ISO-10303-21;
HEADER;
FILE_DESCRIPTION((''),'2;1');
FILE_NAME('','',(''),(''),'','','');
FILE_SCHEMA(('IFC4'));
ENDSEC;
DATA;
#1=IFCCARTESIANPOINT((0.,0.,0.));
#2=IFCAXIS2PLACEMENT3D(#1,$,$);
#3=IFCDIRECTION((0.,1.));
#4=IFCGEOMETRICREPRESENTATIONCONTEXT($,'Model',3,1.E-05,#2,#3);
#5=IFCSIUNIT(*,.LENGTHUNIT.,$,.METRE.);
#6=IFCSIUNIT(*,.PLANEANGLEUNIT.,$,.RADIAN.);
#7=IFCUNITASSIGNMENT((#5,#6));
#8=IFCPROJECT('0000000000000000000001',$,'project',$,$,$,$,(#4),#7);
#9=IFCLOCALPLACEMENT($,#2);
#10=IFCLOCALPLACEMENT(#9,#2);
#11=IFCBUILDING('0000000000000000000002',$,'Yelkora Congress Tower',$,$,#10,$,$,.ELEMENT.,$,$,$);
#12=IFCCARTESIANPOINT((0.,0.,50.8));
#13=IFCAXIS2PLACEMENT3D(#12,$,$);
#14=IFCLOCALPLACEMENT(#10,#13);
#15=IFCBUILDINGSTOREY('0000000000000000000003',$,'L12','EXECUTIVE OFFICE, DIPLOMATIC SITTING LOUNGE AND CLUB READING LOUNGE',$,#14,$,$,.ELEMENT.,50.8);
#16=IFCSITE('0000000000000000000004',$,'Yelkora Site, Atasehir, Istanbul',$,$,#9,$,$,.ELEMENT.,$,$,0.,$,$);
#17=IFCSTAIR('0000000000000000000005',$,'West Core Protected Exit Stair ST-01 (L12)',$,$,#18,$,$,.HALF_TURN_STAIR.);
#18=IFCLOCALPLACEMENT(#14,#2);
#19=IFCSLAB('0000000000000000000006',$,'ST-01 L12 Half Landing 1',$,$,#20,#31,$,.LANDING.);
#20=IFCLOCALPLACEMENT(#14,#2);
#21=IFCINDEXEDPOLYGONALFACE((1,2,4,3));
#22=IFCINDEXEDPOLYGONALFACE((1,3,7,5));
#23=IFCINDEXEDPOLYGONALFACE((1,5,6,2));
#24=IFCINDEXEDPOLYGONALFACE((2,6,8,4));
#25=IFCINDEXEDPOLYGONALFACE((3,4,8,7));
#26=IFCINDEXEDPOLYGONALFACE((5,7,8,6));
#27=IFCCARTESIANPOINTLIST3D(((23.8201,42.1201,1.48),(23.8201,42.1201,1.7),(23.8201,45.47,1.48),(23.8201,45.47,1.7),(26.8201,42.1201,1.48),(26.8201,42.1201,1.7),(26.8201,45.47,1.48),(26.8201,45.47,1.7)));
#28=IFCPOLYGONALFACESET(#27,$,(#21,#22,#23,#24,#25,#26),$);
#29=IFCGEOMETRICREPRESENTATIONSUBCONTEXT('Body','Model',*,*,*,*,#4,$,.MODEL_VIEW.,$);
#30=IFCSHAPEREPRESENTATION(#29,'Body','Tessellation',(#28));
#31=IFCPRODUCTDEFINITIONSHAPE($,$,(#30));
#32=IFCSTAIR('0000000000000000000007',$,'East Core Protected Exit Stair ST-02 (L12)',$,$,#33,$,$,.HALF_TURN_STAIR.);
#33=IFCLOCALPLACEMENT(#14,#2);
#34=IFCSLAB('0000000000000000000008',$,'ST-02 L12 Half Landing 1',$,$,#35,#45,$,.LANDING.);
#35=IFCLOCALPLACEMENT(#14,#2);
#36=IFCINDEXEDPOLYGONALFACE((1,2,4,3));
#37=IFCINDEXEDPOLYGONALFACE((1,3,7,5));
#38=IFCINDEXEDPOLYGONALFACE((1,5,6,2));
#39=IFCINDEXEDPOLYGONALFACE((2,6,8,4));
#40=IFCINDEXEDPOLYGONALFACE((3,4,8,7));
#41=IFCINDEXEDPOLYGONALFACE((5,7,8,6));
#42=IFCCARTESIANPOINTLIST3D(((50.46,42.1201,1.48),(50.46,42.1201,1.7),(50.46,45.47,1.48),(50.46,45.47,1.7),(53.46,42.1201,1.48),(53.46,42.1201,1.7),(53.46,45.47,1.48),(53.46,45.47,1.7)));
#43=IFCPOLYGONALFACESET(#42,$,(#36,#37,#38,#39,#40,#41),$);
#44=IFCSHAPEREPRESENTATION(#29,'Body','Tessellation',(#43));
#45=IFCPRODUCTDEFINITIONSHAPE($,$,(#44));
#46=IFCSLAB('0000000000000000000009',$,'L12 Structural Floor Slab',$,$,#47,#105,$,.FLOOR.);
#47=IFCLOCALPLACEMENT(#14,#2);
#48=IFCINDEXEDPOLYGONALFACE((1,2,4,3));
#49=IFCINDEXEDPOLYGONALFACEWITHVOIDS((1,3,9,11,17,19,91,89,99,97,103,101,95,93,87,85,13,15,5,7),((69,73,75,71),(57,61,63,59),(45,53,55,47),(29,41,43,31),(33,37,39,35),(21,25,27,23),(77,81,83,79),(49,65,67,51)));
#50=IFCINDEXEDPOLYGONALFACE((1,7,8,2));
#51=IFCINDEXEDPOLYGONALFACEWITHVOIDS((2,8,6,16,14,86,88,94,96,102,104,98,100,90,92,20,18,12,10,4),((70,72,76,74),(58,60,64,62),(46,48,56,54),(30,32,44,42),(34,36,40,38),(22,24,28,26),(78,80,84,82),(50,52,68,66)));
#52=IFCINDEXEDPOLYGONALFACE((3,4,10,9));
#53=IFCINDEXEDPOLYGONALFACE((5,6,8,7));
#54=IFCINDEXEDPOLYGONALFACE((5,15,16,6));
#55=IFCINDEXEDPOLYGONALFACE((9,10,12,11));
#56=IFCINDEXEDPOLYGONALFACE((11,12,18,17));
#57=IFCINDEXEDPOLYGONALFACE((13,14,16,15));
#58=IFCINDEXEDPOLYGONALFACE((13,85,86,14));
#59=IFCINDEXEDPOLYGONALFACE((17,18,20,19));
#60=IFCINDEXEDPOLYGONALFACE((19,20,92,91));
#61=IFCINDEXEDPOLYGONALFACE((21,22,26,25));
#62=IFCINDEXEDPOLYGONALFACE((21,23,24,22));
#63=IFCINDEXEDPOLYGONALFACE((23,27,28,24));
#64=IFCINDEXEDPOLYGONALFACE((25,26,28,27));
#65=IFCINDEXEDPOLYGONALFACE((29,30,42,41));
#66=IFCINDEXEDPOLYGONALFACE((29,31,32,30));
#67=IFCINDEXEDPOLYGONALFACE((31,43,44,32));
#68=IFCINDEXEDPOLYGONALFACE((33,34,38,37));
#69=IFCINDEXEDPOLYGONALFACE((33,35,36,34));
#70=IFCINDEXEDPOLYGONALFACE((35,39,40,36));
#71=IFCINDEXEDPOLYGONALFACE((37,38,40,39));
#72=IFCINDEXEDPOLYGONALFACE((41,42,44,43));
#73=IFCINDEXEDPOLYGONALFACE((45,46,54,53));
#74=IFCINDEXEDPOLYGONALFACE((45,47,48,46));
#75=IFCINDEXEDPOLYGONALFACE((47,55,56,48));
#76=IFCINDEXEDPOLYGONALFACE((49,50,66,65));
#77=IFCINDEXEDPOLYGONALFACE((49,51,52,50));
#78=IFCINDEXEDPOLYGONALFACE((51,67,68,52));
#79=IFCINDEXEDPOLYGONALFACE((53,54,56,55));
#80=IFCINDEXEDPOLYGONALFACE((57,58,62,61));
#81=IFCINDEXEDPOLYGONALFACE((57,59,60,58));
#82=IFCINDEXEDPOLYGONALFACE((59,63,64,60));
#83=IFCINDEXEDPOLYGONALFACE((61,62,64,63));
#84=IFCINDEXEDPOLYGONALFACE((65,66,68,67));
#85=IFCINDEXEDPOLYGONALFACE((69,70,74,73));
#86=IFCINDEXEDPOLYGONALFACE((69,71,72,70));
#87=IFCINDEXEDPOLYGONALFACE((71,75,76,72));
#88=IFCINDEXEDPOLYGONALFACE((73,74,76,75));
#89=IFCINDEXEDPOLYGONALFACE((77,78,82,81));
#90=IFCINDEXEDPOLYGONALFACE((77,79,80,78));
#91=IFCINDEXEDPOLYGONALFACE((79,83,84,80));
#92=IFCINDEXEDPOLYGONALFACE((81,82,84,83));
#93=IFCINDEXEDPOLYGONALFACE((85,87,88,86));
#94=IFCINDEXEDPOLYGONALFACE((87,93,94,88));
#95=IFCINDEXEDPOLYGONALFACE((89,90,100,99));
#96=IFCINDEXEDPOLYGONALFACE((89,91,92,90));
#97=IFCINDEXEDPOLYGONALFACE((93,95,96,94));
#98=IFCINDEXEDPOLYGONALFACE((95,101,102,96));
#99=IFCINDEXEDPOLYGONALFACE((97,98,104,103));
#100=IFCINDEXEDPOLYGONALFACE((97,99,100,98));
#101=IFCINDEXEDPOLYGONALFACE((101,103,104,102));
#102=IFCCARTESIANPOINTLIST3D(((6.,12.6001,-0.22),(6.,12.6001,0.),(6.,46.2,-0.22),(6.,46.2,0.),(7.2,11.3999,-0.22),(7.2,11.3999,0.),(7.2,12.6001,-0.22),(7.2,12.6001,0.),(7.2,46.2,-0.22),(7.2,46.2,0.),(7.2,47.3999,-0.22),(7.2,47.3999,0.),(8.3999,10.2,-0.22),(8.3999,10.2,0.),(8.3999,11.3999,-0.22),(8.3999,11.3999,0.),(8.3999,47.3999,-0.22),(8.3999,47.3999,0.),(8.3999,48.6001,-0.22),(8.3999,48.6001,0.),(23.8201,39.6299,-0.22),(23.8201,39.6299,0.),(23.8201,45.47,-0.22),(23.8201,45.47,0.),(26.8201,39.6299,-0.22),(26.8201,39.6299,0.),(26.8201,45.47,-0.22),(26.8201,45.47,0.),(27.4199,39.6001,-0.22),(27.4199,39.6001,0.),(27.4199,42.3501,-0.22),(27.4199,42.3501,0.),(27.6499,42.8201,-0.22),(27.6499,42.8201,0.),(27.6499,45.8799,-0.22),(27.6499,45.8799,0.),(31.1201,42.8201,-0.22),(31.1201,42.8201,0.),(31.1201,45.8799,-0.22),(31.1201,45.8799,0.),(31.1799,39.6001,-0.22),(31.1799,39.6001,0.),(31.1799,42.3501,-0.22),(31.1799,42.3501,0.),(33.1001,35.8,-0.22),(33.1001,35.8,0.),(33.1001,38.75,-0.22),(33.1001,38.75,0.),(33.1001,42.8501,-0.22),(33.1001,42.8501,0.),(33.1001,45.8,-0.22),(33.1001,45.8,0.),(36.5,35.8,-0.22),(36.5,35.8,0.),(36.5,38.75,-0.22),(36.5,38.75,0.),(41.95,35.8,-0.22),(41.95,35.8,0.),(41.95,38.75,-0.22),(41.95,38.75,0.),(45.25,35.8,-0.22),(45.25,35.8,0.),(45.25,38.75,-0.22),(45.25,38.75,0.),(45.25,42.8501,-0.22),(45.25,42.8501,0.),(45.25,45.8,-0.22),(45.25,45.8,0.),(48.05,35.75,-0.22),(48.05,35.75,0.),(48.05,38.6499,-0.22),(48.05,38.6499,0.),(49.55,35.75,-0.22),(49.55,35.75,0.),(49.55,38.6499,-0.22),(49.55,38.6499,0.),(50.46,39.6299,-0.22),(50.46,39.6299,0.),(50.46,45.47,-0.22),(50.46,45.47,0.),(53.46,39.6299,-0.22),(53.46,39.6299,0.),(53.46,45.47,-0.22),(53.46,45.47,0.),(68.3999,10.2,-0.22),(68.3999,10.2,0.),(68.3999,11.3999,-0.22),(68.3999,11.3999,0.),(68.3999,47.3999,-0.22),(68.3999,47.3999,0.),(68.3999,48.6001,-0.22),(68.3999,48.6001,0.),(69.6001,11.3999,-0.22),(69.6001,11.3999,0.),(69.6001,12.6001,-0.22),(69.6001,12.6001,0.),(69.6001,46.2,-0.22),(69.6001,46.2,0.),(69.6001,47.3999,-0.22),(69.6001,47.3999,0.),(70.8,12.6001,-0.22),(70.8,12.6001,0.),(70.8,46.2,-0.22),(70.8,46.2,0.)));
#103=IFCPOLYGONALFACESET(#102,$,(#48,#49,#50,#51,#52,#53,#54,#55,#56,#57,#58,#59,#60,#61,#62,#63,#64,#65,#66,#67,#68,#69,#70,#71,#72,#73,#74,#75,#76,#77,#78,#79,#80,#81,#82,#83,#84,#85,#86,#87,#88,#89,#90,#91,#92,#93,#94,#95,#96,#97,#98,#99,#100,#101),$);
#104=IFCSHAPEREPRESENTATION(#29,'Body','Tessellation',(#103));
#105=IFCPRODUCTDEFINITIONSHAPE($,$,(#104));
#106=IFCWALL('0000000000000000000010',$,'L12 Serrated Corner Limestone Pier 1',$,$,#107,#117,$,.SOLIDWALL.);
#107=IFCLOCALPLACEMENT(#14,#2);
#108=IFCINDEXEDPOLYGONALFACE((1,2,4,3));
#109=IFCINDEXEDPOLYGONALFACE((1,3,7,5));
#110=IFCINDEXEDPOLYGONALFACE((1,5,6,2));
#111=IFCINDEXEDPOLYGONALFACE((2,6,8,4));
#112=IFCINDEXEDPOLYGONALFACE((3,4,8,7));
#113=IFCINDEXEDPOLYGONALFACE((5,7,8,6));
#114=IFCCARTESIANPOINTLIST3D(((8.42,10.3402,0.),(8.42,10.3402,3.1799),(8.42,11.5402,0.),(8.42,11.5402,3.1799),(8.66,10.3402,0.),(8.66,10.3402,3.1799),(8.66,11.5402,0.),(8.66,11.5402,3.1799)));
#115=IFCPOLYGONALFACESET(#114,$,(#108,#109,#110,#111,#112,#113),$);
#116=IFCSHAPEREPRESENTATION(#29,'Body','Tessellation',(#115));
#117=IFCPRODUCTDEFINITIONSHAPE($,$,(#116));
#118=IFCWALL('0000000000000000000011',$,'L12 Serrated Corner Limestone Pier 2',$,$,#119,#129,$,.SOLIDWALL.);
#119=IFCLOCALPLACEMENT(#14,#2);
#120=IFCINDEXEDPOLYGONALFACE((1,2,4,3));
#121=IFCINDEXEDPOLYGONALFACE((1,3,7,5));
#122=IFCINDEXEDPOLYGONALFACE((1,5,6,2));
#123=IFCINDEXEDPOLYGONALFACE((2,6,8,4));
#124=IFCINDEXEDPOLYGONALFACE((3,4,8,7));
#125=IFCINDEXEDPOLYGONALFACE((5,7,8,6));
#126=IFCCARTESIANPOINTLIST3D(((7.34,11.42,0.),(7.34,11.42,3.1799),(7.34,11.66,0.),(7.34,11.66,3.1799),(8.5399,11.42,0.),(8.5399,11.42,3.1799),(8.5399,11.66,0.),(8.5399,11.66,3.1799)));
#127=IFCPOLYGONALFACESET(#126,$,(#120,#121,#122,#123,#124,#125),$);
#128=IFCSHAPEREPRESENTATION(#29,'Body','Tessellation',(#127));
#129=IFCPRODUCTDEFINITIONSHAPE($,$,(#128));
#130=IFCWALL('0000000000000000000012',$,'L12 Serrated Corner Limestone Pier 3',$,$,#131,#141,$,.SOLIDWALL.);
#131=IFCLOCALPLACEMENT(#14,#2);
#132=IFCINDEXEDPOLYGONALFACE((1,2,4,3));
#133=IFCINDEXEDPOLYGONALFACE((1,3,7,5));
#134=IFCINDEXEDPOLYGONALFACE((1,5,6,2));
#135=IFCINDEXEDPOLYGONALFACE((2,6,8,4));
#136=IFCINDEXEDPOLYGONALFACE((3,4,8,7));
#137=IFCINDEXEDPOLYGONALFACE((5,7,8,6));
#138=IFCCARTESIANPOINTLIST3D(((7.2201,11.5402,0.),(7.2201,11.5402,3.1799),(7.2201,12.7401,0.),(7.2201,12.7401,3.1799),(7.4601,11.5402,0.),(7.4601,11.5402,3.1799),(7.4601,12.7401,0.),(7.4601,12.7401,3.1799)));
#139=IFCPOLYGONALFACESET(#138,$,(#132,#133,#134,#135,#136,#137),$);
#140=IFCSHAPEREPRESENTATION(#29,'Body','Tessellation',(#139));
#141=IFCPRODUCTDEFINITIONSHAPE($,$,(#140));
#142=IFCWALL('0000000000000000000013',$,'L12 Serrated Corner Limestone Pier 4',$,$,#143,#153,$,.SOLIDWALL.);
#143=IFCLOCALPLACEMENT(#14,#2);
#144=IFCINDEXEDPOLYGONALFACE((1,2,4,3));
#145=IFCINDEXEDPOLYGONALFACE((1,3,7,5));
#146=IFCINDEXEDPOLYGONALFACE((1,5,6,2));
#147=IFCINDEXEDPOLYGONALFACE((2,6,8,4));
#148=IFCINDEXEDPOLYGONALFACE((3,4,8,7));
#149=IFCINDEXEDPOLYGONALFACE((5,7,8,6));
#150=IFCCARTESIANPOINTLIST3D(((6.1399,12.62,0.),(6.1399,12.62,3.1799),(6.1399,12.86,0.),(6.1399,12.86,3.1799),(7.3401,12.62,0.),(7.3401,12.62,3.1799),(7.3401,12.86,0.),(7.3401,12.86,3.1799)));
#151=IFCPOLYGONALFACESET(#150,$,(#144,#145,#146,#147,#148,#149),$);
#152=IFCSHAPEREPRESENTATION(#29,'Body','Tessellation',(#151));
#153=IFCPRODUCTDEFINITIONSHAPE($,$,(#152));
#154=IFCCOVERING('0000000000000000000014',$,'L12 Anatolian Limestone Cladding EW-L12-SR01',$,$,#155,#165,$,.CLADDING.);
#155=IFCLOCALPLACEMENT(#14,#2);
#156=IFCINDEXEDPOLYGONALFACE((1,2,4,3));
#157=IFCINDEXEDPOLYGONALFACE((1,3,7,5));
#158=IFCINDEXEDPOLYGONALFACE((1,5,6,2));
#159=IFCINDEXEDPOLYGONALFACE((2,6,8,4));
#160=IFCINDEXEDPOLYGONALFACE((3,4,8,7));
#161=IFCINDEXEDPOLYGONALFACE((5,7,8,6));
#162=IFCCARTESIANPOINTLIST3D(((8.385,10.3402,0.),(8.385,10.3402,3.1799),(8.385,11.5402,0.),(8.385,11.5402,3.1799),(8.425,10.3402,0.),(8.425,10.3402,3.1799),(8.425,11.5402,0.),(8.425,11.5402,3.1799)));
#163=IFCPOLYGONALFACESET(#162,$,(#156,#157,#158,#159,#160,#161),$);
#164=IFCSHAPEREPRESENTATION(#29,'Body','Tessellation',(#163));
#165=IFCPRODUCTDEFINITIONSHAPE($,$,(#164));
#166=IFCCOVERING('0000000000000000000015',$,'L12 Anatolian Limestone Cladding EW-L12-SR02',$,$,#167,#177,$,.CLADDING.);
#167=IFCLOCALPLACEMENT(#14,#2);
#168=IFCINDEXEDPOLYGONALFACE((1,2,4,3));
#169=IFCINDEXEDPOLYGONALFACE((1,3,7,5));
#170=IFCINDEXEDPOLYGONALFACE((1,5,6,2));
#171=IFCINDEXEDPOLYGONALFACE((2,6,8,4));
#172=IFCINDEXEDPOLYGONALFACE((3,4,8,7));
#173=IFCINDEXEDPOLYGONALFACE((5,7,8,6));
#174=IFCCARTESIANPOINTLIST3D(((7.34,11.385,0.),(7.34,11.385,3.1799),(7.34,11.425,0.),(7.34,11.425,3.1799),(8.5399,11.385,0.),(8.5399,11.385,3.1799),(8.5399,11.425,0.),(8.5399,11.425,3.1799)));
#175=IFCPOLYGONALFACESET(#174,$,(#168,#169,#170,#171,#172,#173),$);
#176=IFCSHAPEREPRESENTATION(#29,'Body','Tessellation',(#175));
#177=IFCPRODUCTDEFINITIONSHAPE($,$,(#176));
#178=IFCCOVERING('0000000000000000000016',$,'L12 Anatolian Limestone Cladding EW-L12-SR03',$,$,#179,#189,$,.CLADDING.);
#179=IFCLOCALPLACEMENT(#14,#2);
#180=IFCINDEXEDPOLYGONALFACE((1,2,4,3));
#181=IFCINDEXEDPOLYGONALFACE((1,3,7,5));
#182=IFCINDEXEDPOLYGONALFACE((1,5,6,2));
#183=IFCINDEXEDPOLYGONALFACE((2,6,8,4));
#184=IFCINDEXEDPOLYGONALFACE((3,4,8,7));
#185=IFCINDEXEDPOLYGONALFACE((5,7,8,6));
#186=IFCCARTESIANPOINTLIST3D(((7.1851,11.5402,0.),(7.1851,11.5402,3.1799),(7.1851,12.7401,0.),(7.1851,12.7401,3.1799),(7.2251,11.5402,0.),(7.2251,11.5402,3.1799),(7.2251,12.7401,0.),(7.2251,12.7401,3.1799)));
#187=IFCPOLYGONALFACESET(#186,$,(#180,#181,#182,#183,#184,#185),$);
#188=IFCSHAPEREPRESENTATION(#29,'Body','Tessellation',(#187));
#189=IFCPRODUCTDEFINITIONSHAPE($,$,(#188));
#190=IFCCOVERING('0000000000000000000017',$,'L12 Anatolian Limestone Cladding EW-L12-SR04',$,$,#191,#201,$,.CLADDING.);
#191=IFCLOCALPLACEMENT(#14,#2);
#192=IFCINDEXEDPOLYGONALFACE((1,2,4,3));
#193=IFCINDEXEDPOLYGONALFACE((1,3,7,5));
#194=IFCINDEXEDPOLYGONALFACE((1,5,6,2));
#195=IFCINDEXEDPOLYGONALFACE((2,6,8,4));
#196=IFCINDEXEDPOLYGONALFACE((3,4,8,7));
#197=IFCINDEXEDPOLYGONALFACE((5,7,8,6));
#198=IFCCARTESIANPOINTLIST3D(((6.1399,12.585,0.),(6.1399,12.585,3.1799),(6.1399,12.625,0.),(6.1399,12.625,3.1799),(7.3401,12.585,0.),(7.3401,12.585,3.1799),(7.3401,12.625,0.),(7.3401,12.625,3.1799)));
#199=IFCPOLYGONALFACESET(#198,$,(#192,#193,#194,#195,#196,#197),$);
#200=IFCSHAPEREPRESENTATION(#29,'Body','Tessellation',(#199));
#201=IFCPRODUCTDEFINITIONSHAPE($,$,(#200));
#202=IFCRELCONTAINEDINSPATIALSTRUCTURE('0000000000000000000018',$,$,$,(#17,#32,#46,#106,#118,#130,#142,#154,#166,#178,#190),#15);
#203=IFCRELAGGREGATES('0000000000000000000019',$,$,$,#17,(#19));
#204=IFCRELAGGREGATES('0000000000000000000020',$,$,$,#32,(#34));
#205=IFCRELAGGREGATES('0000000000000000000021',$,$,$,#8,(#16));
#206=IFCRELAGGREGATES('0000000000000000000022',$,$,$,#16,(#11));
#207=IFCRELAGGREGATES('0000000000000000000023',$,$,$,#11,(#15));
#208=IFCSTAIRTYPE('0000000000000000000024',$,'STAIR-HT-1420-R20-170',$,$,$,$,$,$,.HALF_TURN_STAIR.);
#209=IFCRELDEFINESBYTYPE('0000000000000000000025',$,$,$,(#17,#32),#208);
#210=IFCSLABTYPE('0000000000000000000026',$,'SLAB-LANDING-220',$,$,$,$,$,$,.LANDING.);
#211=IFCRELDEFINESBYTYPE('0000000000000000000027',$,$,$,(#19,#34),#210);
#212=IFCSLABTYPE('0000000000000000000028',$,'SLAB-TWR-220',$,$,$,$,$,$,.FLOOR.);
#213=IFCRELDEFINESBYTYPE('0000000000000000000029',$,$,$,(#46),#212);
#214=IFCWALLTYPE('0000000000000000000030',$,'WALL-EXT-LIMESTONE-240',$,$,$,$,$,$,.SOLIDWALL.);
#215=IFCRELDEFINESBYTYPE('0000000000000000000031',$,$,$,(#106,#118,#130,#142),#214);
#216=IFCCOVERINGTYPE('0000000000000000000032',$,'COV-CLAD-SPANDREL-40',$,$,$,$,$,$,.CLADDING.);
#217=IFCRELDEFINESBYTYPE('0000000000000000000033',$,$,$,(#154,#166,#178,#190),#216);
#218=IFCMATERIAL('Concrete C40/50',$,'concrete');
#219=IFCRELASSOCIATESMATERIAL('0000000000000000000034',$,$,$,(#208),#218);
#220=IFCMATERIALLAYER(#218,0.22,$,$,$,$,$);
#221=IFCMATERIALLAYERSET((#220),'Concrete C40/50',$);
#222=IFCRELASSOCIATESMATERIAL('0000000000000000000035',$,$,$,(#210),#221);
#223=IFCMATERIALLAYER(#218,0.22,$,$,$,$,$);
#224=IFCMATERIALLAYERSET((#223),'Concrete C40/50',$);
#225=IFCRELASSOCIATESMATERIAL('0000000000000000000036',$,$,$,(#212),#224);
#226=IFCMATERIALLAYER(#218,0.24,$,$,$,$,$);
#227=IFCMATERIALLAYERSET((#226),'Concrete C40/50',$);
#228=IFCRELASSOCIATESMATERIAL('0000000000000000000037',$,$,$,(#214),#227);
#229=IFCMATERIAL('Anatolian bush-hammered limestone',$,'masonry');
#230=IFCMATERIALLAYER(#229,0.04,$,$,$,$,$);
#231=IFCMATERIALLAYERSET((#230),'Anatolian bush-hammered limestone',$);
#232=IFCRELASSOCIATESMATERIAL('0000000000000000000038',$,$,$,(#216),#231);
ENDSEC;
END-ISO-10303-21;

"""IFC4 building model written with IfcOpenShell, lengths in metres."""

from ifc_helpers import new_model, si_unit, direction, frame, frame_2d, origin, place, context, subcontext, project, spatial, polyline, rectangle, outline, extrude, material, layer, layer_set, type_object, element, aggregate, save


model = new_model("IFC4")

# Units and contexts
model_context = context("Model", 3, precision=1e-05, world=origin(), true_north=direction((0.0, 1.0)))
body_context = subcontext(model_context, "Body", "Model", "MODEL_VIEW")
ifc_project = project(units=[si_unit("LENGTHUNIT", "METRE"), si_unit("PLANEANGLEUNIT", "RADIAN")], contexts=[model_context])

# Site, building, storey
site_placement = place(None, origin())
site = spatial("IfcSite", under=ifc_project, at=site_placement, Name="Yelkora Site, Atasehir, Istanbul", CompositionType="ELEMENT", RefElevation=0.0)
building_placement = place(site_placement, origin())
building = spatial("IfcBuilding", under=site, at=building_placement, Name="Yelkora Congress Tower", CompositionType="ELEMENT")
storey_placement = place(building_placement, frame((0.0, 0.0, 50.8)))
storey = spatial("IfcBuildingStorey", under=building, at=storey_placement, Name="L12", Description="EXECUTIVE OFFICE, DIPLOMATIC SITTING LOUNGE AND CLUB READING LOUNGE", CompositionType="ELEMENT", Elevation=50.8)

# Stairs, slabs
ifc_material_1 = material(Name="Concrete C40/50", Category="concrete")
stair_type = type_object("IfcStairType", Name="STAIR-HT-1420-R20-170", PredefinedType="HALF_TURN_STAIR", material=ifc_material_1)
stair_1_placement = place(storey_placement, origin())
stair_1 = element("IfcStair", 1, at=stair_1_placement, inside=storey, type_object=stair_type, Name="West Core Protected Exit Stair ST-01 (L12)", PredefinedType="HALF_TURN_STAIR")
ifc_layer_1 = layer(ifc_material_1, 0.22)
ifc_layer_set_1 = layer_set([ifc_layer_1], Name="Concrete C40/50")
slab_type_1 = type_object("IfcSlabType", Name="SLAB-LANDING-220", PredefinedType="LANDING", material=ifc_layer_set_1)
slab_1_placement = place(storey_placement, frame((0.0, 0.0, 1.48)))
slab_1 = element("IfcSlab", 2, at=slab_1_placement, type_object=slab_type_1, Name="ST-01 L12 Half Landing 1", PredefinedType="LANDING", context=body_context, shape_type="SweptSolid", body=[
    extrude(outline(polyline([(26.8201, 42.1201), (26.8201, 45.47), (23.8201, 45.47), (23.8201, 42.1201), (26.8201, 42.1201)])), origin(), (0.0, 0.0, 1.0), 0.22),
])
aggregate(stair_1, [slab_1])
stair_2_placement = place(storey_placement, origin())
stair_2 = element("IfcStair", 3, at=stair_2_placement, inside=storey, type_object=stair_type, Name="East Core Protected Exit Stair ST-02 (L12)", PredefinedType="HALF_TURN_STAIR")
slab_2_placement = place(storey_placement, frame((0.0, 0.0, 1.48)))
slab_2 = element("IfcSlab", 4, at=slab_2_placement, type_object=slab_type_1, Name="ST-02 L12 Half Landing 1", PredefinedType="LANDING", context=body_context, shape_type="SweptSolid", body=[
    extrude(outline(polyline([(53.46, 42.1201), (53.46, 45.47), (50.46, 45.47), (50.46, 42.1201), (53.46, 42.1201)])), origin(), (0.0, 0.0, 1.0), 0.22),
])
aggregate(stair_2, [slab_2])

# Slab
ifc_layer_2 = layer(ifc_material_1, 0.22)
ifc_layer_set_2 = layer_set([ifc_layer_2], Name="Concrete C40/50")
slab_type_2 = type_object("IfcSlabType", Name="SLAB-TWR-220", PredefinedType="FLOOR", material=ifc_layer_set_2)
slab_3_placement = place(storey_placement, frame((0.0, 0.0, -0.22)))
element("IfcSlab", 5, at=slab_3_placement, inside=storey, type_object=slab_type_2, Name="L12 Structural Floor Slab", PredefinedType="FLOOR", context=body_context, shape_type="SweptSolid", body=[
    extrude(outline(polyline([(8.3999, 10.2), (68.3999, 10.2), (68.3999, 11.3999), (69.6001, 11.3999), (69.6001, 12.6001), (70.8, 12.6001), (70.8, 46.2), (69.6001, 46.2), (69.6001, 47.3999), (68.3999, 47.3999), (68.3999, 48.6001), (8.3999, 48.6001), (8.3999, 47.3999), (7.2, 47.3999), (7.2, 46.2), (6.0, 46.2), (6.0, 12.6001), (7.2, 12.6001), (7.2, 11.3999), (8.3999, 11.3999), (8.3999, 10.2)]), holes=[polyline([(23.8201, 39.6299), (26.8201, 39.6299), (26.8201, 45.47), (23.8201, 45.47), (23.8201, 39.6299)]), polyline([(50.46, 39.6299), (53.46, 39.6299), (53.46, 45.47), (50.46, 45.47), (50.46, 39.6299)]), polyline([(48.05, 35.75), (49.55, 35.75), (49.55, 38.6499), (48.05, 38.6499), (48.05, 35.75)]), polyline([(41.95, 35.8), (45.25, 35.8), (45.25, 38.75), (41.95, 38.75), (41.95, 35.8)]), polyline([(33.1001, 42.8501), (45.25, 42.8501), (45.25, 45.8), (33.1001, 45.8), (33.1001, 42.8501)]), polyline([(33.1001, 35.8), (36.5, 35.8), (36.5, 38.75), (33.1001, 38.75), (33.1001, 35.8)]), polyline([(27.4199, 39.6001), (31.1799, 39.6001), (31.1799, 42.3501), (27.4199, 42.3501), (27.4199, 39.6001)]), polyline([(27.6499, 42.8201), (31.1201, 42.8201), (31.1201, 45.8799), (27.6499, 45.8799), (27.6499, 42.8201)])]), origin(), (0.0, 0.0, 1.0), 0.22),
])

# Walls
ifc_layer_3 = layer(ifc_material_1, 0.24)
ifc_layer_set_3 = layer_set([ifc_layer_3], Name="Concrete C40/50")
wall_type = type_object("IfcWallType", Name="WALL-EXT-LIMESTONE-240", PredefinedType="SOLIDWALL", material=ifc_layer_set_3)
for number, where, z_axis, x_axis, name in (
    (6, (8.54, 10.3401, 0.0), (0.0, 0.0, 1.0), (0.0, 1.0, 0.0), "L12 Serrated Corner Limestone Pier 1"),
    (7, (8.54, 11.54, 0.0), (0.0, 0.0, 1.0), (-1.0, 0.0, 0.0), "L12 Serrated Corner Limestone Pier 2"),
    (8, (7.3401, 11.54, 0.0), (0.0, 0.0, 1.0), (0.0, 1.0, 0.0), "L12 Serrated Corner Limestone Pier 3"),
):
    element("IfcWall", number, at=place(storey_placement, frame(where, z_axis=z_axis, x_axis=x_axis)), inside=storey, type_object=wall_type, Name=name, PredefinedType="SOLIDWALL", context=body_context, shape_type="SweptSolid", body=[
        extrude(rectangle(XDim=1.2, YDim=0.24, at=frame_2d((0.6001, 0.0))), origin(), (0.0, 0.0, 1.0), 3.1799),
    ])
wall_placement = place(storey_placement, frame((7.3401, 12.74, 0.0), z_axis=(0.0, 0.0, 1.0), x_axis=(-1.0, 0.0, 0.0)))
element("IfcWall", 9, at=wall_placement, inside=storey, type_object=wall_type, Name="L12 Serrated Corner Limestone Pier 4", PredefinedType="SOLIDWALL", context=body_context, shape_type="SweptSolid", body=[
    extrude(rectangle(XDim=1.2002, YDim=0.24, at=frame_2d((0.6001, 0.0))), origin(), (0.0, 0.0, 1.0), 3.1799),
])

# Coverings
ifc_material_2 = material(Name="Anatolian bush-hammered limestone", Category="masonry")
ifc_layer_4 = layer(ifc_material_2, 0.04)
ifc_layer_set_4 = layer_set([ifc_layer_4], Name="Anatolian bush-hammered limestone")
covering_type = type_object("IfcCoveringType", Name="COV-CLAD-SPANDREL-40", PredefinedType="CLADDING", material=ifc_layer_set_4)
for number, where, z_axis, x_axis, name in (
    (10, (8.405, 10.3401, 0.0), (0.0, 0.0, 1.0), (0.0, 1.0, 0.0), "L12 Anatolian Limestone Cladding EW-L12-SR01"),
    (11, (8.54, 11.405, 0.0), (0.0, 0.0, 1.0), (-1.0, 0.0, 0.0), "L12 Anatolian Limestone Cladding EW-L12-SR02"),
    (12, (7.2051, 11.54, 0.0), (0.0, 0.0, 1.0), (0.0, 1.0, 0.0), "L12 Anatolian Limestone Cladding EW-L12-SR03"),
):
    element("IfcCovering", number, at=place(storey_placement, frame(where, z_axis=z_axis, x_axis=x_axis)), inside=storey, type_object=covering_type, Name=name, PredefinedType="CLADDING", context=body_context, shape_type="SweptSolid", body=[
        extrude(rectangle(XDim=1.2, YDim=0.04, at=frame_2d((0.6001, 0.0))), origin(), (0.0, 0.0, 1.0), 3.1799),
    ])
covering_placement = place(storey_placement, frame((7.3401, 12.605, 0.0), z_axis=(0.0, 0.0, 1.0), x_axis=(-1.0, 0.0, 0.0)))
element("IfcCovering", 13, at=covering_placement, inside=storey, type_object=covering_type, Name="L12 Anatolian Limestone Cladding EW-L12-SR04", PredefinedType="CLADDING", context=body_context, shape_type="SweptSolid", body=[
    extrude(rectangle(XDim=1.2002, YDim=0.04, at=frame_2d((0.6001, 0.0))), origin(), (0.0, 0.0, 1.0), 3.1799),
])

save(model, "model.ifc")
